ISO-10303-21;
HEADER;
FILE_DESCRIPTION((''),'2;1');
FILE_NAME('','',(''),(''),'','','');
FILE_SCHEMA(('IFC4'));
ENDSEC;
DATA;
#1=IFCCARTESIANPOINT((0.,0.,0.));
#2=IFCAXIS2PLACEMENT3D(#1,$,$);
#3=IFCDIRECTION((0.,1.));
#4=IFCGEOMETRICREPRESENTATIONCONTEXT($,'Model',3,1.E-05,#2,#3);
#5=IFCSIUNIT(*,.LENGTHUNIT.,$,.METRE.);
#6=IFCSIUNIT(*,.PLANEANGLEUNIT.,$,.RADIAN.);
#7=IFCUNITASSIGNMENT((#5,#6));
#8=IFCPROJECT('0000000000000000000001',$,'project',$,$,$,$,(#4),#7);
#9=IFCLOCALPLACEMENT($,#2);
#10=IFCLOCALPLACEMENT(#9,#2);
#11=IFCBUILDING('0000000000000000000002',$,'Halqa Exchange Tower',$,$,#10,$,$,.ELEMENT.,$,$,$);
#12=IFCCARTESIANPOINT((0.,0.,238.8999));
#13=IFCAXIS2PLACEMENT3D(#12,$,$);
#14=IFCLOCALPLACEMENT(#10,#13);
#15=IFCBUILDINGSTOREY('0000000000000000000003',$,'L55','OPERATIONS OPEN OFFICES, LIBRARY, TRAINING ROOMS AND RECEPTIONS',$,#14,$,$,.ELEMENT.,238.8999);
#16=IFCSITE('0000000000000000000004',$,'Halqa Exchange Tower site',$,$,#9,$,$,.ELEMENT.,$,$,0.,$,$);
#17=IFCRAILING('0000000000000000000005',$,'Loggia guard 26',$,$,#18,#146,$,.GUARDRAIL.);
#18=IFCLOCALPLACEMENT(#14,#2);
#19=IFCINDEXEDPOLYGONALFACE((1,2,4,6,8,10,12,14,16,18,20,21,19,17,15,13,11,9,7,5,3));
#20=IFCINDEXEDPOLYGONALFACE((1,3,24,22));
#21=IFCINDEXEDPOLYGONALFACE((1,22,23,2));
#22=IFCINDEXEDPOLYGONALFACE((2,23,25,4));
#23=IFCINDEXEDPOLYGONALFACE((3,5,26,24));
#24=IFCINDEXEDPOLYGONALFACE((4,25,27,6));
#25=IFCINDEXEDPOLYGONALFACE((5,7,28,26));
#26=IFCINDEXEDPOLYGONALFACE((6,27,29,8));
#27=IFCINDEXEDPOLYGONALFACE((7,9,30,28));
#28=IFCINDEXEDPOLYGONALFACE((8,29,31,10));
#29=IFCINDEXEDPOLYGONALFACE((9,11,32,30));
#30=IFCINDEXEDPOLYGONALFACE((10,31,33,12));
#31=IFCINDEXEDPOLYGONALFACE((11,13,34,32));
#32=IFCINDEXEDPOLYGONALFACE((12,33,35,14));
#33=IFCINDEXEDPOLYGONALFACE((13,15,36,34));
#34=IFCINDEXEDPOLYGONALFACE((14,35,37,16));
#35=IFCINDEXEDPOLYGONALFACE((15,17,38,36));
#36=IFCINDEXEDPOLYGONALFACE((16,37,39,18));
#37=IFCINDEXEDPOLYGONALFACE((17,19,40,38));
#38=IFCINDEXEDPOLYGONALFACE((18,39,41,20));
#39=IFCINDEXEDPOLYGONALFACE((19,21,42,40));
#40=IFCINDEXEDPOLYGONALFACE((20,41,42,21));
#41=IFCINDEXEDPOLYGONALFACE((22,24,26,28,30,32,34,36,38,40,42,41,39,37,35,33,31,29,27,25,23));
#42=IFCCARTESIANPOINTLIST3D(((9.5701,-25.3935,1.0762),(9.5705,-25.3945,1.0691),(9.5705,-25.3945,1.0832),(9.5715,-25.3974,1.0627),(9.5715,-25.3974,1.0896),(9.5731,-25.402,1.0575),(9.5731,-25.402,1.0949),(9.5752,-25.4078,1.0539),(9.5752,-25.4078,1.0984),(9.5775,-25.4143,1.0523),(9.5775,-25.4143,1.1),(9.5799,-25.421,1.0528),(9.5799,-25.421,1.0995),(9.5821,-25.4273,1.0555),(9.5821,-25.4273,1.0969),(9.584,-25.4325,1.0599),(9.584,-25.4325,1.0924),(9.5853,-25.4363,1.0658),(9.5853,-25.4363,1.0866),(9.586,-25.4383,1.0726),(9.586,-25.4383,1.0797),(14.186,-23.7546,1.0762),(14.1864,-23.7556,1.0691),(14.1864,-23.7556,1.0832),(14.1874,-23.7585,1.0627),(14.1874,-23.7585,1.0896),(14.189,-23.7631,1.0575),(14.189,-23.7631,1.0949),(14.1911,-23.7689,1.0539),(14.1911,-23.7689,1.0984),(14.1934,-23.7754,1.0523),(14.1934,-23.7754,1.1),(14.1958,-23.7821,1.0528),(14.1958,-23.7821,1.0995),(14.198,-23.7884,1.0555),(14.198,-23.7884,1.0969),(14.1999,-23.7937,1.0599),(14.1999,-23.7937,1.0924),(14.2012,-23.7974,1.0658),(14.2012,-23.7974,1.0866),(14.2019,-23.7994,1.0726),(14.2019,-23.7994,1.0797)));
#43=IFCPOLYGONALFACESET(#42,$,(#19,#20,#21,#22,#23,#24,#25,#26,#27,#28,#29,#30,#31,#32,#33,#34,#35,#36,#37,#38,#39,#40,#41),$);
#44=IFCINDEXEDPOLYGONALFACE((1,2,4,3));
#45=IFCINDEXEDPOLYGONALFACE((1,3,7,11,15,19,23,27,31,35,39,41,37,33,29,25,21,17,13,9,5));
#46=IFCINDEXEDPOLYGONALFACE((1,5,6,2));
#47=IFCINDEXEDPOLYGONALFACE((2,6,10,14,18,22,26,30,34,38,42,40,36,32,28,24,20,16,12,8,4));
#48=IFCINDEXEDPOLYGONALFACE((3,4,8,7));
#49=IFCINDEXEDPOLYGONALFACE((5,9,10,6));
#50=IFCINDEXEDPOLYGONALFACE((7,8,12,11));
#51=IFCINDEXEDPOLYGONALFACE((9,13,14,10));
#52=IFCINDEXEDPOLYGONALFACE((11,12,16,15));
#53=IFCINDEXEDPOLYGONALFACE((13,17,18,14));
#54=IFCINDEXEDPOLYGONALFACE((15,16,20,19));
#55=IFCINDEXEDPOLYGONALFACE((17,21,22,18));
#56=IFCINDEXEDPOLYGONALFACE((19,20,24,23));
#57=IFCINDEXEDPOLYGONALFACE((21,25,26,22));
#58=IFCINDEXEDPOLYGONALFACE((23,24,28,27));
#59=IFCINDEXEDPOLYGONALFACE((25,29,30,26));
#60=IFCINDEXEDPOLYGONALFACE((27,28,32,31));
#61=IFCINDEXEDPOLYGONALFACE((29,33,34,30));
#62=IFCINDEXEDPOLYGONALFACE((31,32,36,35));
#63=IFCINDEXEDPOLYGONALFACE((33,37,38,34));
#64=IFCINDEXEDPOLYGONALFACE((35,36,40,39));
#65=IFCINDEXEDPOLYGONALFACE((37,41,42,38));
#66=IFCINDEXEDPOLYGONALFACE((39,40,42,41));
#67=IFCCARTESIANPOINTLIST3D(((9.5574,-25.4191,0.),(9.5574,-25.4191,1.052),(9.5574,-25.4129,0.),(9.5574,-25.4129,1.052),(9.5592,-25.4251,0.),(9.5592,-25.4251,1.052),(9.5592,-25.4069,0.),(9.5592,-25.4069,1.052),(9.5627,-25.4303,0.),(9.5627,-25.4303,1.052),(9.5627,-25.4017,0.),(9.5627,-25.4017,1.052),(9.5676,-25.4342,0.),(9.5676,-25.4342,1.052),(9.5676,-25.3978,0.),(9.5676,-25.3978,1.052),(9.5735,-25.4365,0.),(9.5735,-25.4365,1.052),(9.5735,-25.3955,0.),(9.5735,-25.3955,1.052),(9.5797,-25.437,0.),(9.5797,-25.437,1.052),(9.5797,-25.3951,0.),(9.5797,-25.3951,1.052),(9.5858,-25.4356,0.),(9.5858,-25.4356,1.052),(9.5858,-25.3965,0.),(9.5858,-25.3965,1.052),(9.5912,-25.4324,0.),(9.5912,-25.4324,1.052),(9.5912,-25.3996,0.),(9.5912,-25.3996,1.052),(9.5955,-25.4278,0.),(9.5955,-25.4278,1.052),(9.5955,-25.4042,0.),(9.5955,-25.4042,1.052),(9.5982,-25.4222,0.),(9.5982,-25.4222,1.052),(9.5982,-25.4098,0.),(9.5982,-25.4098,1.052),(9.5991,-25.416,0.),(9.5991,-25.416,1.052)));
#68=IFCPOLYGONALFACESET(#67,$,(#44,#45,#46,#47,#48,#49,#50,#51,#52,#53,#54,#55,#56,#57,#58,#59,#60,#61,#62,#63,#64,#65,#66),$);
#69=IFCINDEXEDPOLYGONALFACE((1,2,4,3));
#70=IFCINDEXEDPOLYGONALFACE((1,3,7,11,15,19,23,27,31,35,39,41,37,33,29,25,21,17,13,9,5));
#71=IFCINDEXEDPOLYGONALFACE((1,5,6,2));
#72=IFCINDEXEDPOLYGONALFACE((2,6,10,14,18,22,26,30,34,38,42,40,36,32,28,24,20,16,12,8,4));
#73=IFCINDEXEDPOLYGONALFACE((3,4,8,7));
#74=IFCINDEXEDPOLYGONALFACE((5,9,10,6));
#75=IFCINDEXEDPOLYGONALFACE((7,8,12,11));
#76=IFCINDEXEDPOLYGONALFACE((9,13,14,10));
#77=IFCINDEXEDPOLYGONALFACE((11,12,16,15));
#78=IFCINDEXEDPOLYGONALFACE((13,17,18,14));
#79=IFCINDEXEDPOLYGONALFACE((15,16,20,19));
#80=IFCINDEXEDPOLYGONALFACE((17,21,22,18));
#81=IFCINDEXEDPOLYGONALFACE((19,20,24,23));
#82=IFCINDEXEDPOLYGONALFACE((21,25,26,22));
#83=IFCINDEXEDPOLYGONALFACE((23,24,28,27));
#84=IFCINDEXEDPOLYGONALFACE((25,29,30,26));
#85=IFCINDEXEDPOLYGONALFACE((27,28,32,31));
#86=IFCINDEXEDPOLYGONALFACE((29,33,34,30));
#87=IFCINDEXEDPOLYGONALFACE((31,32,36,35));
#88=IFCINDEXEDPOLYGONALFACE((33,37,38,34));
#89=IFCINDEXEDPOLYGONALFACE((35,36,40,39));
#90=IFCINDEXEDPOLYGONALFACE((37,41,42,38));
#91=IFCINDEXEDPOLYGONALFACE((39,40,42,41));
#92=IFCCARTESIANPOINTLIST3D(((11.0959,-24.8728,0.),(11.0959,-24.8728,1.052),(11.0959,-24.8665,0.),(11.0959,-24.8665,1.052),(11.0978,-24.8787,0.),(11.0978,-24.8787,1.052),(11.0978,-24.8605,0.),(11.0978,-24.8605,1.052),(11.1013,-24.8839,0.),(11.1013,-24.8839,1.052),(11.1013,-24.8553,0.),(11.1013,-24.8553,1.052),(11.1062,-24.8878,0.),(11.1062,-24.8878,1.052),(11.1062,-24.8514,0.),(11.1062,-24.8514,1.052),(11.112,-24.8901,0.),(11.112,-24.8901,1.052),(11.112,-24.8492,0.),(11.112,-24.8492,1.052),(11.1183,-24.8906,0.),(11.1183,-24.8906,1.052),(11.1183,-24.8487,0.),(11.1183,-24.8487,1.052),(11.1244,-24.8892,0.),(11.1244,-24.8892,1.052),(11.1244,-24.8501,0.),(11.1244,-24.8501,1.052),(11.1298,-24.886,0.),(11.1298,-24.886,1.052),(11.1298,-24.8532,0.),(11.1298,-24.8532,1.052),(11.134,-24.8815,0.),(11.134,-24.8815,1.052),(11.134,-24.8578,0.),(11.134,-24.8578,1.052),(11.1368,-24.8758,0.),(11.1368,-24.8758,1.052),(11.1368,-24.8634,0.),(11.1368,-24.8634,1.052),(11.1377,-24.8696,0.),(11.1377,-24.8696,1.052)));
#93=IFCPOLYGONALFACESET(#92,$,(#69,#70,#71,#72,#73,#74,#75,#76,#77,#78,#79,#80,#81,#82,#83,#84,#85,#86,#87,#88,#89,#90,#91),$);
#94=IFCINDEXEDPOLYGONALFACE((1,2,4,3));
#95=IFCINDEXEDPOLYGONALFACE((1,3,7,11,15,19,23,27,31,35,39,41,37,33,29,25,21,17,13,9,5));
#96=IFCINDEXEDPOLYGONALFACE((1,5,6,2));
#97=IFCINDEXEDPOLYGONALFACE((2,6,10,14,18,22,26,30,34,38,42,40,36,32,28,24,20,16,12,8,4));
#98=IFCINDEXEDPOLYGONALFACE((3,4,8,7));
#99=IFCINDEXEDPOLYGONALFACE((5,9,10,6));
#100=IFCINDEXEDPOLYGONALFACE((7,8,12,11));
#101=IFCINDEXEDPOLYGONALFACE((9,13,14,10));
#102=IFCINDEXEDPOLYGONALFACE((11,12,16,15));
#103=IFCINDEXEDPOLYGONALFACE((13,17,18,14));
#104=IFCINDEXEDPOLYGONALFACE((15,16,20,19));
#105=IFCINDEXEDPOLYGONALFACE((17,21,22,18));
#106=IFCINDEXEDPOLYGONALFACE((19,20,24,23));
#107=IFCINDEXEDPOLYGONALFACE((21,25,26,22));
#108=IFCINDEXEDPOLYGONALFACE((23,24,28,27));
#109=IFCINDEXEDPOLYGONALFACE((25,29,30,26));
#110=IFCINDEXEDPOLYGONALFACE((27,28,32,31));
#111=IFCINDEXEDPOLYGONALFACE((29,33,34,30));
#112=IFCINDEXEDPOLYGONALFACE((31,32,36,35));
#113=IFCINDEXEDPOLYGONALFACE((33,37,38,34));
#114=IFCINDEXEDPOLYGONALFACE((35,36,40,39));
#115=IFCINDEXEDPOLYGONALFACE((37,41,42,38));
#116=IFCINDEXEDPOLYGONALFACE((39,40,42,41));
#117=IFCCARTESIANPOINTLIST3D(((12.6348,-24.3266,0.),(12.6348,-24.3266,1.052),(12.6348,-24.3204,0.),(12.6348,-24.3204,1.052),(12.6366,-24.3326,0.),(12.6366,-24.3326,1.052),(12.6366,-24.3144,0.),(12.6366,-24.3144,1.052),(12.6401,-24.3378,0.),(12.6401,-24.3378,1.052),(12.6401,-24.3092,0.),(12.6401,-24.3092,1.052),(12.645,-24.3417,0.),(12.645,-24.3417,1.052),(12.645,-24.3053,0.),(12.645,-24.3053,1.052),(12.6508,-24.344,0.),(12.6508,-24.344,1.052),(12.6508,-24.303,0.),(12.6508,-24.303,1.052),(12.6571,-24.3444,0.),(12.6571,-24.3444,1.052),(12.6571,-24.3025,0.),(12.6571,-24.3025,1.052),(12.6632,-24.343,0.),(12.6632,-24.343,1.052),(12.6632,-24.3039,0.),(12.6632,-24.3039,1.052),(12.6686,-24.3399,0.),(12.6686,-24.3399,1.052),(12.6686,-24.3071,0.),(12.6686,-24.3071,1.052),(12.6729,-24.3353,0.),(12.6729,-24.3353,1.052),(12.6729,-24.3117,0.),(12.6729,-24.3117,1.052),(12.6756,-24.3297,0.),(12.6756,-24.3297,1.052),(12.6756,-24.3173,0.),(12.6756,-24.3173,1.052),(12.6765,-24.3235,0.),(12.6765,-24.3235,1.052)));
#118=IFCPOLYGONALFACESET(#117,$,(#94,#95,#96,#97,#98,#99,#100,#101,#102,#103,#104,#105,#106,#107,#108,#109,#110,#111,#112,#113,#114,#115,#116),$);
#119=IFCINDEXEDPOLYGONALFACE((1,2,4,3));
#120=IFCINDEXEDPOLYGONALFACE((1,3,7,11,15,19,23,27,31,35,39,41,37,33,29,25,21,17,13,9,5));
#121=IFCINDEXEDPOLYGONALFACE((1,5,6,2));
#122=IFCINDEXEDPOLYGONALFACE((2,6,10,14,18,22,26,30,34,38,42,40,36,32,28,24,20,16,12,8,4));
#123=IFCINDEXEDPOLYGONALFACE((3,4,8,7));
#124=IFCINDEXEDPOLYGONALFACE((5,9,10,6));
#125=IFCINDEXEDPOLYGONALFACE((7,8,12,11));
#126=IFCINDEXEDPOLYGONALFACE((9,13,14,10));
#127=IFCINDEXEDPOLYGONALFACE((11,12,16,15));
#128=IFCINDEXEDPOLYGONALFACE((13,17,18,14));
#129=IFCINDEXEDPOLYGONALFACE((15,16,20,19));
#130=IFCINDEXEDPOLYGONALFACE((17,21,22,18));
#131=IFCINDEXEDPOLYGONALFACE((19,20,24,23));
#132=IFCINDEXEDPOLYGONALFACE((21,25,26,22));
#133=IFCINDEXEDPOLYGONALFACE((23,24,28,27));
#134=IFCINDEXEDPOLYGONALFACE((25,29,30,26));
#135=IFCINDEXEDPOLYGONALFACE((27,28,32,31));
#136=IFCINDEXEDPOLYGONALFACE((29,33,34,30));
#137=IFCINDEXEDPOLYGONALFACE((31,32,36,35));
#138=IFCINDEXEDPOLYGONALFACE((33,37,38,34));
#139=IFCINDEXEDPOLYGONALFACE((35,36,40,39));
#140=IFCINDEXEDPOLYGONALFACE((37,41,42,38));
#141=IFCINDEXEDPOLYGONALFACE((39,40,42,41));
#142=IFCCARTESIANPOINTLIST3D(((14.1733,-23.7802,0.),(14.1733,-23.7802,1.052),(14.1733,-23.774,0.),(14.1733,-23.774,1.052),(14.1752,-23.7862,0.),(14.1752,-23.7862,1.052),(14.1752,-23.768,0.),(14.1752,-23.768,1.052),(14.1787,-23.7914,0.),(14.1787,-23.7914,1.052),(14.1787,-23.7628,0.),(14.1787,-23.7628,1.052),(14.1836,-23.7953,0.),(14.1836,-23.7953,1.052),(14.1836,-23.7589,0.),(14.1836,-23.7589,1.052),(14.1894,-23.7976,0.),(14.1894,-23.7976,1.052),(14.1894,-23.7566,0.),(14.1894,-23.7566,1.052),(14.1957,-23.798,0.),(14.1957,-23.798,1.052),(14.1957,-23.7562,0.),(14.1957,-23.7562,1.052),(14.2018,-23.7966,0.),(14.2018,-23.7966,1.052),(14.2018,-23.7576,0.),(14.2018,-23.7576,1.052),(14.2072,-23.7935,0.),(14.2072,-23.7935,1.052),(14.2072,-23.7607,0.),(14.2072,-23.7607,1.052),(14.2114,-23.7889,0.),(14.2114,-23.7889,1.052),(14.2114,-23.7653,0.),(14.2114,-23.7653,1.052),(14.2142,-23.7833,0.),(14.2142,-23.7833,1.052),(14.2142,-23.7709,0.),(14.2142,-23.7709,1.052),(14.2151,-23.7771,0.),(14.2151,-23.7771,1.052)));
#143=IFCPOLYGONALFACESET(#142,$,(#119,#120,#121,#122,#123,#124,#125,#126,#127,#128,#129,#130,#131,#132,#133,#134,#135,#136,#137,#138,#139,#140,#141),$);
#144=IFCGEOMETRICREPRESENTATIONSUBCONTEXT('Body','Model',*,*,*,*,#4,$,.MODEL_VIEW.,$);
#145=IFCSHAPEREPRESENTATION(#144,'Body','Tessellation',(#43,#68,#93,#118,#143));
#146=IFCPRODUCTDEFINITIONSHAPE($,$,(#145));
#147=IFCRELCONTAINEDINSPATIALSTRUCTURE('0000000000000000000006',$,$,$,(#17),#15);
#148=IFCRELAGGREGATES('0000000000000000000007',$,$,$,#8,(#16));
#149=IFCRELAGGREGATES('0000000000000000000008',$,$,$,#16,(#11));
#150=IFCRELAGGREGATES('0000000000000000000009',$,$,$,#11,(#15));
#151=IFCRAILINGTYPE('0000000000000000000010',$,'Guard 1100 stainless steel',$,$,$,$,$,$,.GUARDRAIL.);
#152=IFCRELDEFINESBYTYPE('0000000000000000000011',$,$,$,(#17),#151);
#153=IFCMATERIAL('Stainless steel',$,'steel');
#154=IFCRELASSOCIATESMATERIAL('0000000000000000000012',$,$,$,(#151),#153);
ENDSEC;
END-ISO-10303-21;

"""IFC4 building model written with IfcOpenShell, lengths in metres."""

from ifc_helpers import new_model, si_unit, direction, frame, origin, origin_2d, place, context, subcontext, project, spatial, circle, extrude, material, type_object, element, save


model = new_model("IFC4")

# Units and contexts
model_context = context("Model", 3, precision=1e-05, world=origin(), true_north=direction((0.0, 1.0)))
body_context = subcontext(model_context, "Body", "Model", "MODEL_VIEW")
ifc_project = project(units=[si_unit("LENGTHUNIT", "METRE"), si_unit("PLANEANGLEUNIT", "RADIAN")], contexts=[model_context])

# Site, building, storey
site_placement = place(None, origin())
site = spatial("IfcSite", under=ifc_project, at=site_placement, Name="Halqa Exchange Tower site", CompositionType="ELEMENT", RefElevation=0.0)
building_placement = place(site_placement, origin())
building = spatial("IfcBuilding", under=site, at=building_placement, Name="Halqa Exchange Tower", CompositionType="ELEMENT")
storey_placement = place(building_placement, frame((0.0, 0.0, 238.8999)))
storey = spatial("IfcBuildingStorey", under=building, at=storey_placement, Name="L55", Description="OPERATIONS OPEN OFFICES, LIBRARY, TRAINING ROOMS AND RECEPTIONS", CompositionType="ELEMENT", Elevation=238.8999)

# Railing
ifc_material_1 = material(Name="Stainless steel", Category="steel")
railing_type = type_object("IfcRailingType", Name="Guard 1100 stainless steel", PredefinedType="GUARDRAIL", material=ifc_material_1)
railing_1_placement = place(storey_placement, frame((9.5781, -25.416, 0.0)))
element("IfcRailing", 1, at=railing_1_placement, inside=storey, type_object=railing_type, Name="Loggia guard 26", PredefinedType="GUARDRAIL", context=body_context, shape_type="SweptSolid", body=[
    extrude(circle(Radius=0.0239, at=origin_2d()), frame((0.0, 0.0, 1.0762), z_axis=(0.942364, 0.33459, 0.0), x_axis=(-0.33459, 0.942364, 0.0)), (0.0, 0.0, 1.0), 4.8982),
    extrude(circle(Radius=0.021, at=origin_2d()), origin(), (0.0, 0.0, 1.0), 1.052),
    extrude(circle(Radius=0.021, at=origin_2d()), frame((1.5386, 0.5464, 0.0)), (0.0, 0.0, 1.0), 1.052),
    extrude(circle(Radius=0.021, at=origin_2d()), frame((3.0774, 1.0925, 0.0)), (0.0, 0.0, 1.0), 1.052),
    extrude(circle(Radius=0.021, at=origin_2d()), frame((4.616, 1.6389, 0.0)), (0.0, 0.0, 1.0), 1.052),
])

save(model, "model.ifc")
